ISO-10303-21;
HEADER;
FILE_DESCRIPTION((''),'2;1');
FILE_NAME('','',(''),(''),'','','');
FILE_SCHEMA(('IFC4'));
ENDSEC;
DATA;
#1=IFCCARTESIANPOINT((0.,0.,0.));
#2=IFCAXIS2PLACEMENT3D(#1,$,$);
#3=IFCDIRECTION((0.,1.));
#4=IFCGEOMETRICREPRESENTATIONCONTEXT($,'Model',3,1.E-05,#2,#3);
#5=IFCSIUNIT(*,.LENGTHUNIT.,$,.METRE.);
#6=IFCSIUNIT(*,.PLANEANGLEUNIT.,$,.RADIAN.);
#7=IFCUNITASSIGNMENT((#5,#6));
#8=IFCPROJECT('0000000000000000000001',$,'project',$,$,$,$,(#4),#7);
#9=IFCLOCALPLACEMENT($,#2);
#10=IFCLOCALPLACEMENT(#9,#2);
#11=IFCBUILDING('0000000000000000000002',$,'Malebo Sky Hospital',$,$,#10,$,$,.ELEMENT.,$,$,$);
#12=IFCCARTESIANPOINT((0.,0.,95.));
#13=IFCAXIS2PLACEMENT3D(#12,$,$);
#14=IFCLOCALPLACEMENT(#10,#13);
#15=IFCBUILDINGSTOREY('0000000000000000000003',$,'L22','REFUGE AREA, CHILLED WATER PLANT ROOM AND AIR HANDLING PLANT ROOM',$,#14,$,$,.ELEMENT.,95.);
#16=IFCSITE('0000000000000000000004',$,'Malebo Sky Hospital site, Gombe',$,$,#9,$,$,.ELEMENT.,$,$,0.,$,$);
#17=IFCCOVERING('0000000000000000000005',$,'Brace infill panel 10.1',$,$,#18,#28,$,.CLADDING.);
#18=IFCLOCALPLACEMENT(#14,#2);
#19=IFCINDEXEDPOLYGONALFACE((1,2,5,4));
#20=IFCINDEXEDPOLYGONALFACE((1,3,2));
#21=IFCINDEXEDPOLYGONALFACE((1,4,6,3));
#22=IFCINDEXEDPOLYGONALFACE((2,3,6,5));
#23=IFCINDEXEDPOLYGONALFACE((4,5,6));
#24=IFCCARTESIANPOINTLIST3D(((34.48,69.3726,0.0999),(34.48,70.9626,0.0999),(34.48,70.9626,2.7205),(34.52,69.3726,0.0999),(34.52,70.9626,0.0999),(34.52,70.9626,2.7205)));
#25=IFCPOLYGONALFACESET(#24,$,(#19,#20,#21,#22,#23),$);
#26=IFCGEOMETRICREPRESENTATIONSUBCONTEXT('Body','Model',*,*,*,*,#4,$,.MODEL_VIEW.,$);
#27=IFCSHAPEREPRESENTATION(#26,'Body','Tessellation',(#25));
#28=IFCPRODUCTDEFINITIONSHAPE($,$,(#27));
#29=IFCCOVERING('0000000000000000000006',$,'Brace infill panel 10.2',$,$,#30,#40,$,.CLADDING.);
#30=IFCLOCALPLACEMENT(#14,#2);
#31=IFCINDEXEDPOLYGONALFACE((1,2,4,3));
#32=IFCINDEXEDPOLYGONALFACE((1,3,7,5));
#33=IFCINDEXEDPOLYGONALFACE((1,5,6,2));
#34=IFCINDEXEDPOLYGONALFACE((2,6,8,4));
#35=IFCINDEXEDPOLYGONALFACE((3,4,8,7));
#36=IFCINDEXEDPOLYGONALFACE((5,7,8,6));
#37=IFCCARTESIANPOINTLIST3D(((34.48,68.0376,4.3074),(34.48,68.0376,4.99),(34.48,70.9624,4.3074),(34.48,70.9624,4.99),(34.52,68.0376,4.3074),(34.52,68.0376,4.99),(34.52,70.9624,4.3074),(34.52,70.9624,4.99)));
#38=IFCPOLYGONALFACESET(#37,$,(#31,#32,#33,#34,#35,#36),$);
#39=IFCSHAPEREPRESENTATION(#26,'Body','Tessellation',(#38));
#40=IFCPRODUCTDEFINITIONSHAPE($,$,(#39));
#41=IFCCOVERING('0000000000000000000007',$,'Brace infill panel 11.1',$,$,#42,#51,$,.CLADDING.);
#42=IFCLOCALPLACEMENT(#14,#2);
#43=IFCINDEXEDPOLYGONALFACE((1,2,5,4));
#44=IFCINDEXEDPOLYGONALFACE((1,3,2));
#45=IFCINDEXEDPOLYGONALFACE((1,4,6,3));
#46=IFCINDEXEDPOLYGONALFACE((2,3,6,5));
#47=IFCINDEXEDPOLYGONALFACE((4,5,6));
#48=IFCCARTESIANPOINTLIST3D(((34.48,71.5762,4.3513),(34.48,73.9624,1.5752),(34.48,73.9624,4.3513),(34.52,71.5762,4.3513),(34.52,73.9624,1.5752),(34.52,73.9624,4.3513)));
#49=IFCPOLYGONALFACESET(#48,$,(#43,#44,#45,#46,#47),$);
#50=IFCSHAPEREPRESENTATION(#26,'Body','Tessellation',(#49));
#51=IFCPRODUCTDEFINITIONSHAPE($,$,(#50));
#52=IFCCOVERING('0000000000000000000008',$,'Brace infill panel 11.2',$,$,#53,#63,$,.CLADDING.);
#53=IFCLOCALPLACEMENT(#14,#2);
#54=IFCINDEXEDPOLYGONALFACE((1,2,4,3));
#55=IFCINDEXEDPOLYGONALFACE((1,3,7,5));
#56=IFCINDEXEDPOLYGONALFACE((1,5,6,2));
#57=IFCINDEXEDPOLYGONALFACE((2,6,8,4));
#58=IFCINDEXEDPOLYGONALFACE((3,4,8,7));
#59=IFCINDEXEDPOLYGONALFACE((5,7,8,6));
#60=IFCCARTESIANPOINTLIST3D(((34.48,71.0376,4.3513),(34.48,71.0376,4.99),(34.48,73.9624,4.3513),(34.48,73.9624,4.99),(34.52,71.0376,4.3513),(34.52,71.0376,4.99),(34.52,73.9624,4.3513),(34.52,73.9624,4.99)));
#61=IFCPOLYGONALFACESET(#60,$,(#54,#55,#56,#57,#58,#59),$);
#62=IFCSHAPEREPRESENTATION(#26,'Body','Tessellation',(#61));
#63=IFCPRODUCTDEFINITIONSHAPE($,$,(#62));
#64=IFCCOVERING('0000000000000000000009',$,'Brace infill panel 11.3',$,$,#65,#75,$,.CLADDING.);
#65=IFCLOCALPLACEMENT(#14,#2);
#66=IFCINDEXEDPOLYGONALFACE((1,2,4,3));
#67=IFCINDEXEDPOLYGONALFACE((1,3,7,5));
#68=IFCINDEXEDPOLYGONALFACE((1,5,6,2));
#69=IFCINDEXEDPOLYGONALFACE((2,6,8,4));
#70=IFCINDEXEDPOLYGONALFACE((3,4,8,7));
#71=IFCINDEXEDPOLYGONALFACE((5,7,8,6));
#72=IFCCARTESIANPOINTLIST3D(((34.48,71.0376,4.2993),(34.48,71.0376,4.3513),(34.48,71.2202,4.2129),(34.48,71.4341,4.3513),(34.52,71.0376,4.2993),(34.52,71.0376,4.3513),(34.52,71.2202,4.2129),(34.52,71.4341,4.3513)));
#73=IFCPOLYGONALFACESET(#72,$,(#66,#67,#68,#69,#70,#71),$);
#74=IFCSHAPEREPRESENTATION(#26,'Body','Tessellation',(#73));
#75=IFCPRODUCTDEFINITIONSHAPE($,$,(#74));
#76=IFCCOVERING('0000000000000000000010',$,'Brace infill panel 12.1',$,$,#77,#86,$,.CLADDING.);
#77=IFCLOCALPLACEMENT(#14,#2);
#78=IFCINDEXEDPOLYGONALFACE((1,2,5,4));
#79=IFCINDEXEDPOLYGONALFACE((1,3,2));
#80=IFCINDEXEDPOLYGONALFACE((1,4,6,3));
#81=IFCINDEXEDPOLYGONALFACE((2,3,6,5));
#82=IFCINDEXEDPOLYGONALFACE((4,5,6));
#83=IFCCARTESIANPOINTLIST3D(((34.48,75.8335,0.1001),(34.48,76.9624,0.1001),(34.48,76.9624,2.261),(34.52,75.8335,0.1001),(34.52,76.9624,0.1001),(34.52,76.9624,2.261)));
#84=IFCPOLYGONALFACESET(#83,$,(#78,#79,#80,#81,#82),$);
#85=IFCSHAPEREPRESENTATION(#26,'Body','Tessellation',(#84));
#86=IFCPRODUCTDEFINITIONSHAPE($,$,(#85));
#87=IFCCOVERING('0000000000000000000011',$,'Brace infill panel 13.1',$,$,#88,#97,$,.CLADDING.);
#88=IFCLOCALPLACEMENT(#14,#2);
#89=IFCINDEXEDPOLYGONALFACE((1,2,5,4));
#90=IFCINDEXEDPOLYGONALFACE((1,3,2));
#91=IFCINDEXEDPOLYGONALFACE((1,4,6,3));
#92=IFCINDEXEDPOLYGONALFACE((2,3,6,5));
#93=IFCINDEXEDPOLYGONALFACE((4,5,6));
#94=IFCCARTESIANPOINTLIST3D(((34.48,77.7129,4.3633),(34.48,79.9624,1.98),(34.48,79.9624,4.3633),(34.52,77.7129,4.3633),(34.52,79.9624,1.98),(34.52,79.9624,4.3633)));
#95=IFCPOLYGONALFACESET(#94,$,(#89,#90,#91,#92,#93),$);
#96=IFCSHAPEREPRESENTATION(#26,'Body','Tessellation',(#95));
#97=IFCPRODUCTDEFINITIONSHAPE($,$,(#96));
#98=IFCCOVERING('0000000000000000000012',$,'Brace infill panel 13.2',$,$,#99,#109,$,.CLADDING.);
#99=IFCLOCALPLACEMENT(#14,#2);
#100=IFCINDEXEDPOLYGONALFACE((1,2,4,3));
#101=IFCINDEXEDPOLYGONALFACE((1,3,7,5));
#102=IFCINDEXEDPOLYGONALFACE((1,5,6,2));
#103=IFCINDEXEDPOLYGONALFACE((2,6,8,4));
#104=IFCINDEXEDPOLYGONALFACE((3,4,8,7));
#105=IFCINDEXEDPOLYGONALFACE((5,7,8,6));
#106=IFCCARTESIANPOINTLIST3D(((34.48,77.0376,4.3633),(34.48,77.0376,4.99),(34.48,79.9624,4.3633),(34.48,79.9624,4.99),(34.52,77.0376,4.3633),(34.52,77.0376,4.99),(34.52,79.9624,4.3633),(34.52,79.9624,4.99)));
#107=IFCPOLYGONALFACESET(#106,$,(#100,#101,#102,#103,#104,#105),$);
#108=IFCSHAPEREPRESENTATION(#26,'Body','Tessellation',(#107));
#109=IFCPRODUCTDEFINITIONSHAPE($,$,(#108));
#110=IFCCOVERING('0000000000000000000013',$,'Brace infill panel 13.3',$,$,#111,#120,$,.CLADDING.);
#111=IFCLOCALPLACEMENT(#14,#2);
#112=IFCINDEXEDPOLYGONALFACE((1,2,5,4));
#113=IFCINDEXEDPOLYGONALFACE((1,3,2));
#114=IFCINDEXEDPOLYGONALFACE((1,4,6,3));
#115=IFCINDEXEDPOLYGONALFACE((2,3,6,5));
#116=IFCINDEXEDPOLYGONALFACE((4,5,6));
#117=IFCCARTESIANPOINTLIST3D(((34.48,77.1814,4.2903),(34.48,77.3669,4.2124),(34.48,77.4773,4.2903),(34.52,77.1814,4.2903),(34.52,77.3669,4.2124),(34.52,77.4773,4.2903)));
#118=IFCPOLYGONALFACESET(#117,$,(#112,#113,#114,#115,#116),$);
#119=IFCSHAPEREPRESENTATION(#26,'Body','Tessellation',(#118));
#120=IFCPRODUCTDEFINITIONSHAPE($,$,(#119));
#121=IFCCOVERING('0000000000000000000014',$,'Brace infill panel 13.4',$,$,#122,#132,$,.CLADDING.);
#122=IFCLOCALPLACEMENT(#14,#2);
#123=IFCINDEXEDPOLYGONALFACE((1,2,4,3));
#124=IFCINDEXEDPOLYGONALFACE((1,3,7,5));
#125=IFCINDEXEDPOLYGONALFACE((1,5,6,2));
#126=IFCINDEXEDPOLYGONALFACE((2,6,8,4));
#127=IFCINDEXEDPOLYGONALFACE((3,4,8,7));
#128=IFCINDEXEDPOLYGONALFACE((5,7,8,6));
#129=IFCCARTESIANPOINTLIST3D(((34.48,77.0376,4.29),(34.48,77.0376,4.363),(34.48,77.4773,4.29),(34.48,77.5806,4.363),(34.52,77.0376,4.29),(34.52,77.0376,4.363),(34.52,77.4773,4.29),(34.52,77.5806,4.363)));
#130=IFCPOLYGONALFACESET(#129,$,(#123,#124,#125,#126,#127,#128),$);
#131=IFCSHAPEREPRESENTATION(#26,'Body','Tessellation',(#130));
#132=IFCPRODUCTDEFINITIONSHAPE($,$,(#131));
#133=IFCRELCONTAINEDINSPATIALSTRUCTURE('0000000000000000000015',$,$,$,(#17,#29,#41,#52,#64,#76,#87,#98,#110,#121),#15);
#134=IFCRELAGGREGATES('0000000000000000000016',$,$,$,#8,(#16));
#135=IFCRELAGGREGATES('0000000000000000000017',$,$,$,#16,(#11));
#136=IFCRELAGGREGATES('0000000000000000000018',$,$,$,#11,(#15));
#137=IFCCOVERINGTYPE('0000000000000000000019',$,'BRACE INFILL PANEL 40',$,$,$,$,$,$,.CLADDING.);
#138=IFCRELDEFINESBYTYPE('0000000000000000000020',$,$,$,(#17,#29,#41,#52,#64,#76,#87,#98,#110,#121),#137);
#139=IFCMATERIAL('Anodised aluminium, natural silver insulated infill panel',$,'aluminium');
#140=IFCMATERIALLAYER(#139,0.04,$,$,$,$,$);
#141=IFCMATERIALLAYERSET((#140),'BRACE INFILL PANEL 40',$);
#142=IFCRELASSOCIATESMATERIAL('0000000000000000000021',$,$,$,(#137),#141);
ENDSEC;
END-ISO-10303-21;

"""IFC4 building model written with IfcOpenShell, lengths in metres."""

from ifc_helpers import new_model, si_unit, direction, frame, origin, place, context, subcontext, project, spatial, polyline, outline, extrude, material, layer, layer_set, type_object, element, save


model = new_model("IFC4")

# Units and contexts
model_context = context("Model", 3, precision=1e-05, world=origin(), true_north=direction((0.0, 1.0)))
body_context = subcontext(model_context, "Body", "Model", "MODEL_VIEW")
ifc_project = project(units=[si_unit("LENGTHUNIT", "METRE"), si_unit("PLANEANGLEUNIT", "RADIAN")], contexts=[model_context])

# Site, building, storey
site_placement = place(None, origin())
site = spatial("IfcSite", under=ifc_project, at=site_placement, Name="Malebo Sky Hospital site, Gombe", CompositionType="ELEMENT", RefElevation=0.0)
building_placement = place(site_placement, origin())
building = spatial("IfcBuilding", under=site, at=building_placement, Name="Malebo Sky Hospital", CompositionType="ELEMENT")
storey_placement = place(building_placement, frame((0.0, 0.0, 95.0)))
storey = spatial("IfcBuildingStorey", under=building, at=storey_placement, Name="L22", Description="REFUGE AREA, CHILLED WATER PLANT ROOM AND AIR HANDLING PLANT ROOM", CompositionType="ELEMENT", Elevation=95.0)

# Coverings
ifc_material_1 = material(Name="Anodised aluminium, natural silver insulated infill panel", Category="aluminium")
ifc_layer_1 = layer(ifc_material_1, 0.04)
ifc_layer_set_1 = layer_set([ifc_layer_1], Name="BRACE INFILL PANEL 40")
covering_type = type_object("IfcCoveringType", Name="BRACE INFILL PANEL 40", PredefinedType="CLADDING", material=ifc_layer_set_1)
covering_1_placement = place(storey_placement, frame((34.5, 70.1675, 0.0999), z_axis=(0.0, 0.0, 1.0), x_axis=(0.0, 1.0, 0.0)))
element("IfcCovering", 1, at=covering_1_placement, inside=storey, type_object=covering_type, Name="Brace infill panel 10.1", PredefinedType="CLADDING", context=body_context, shape_type="SweptSolid", body=[
    extrude(outline(polyline([(-0.7949, 0.0), (0.7952, 0.0), (0.7952, 2.6206), (-0.7949, 0.0)])), frame((0.0, 0.02, 0.0), z_axis=(0.0, -1.0, 0.0), x_axis=(1.0, 0.0, 0.0)), (0.0, 0.0, 1.0), 0.04),
])
covering_2_placement = place(storey_placement, frame((34.5, 69.5, 4.3074), z_axis=(0.0, 0.0, 1.0), x_axis=(0.0, 1.0, 0.0)))
element("IfcCovering", 2, at=covering_2_placement, inside=storey, type_object=covering_type, Name="Brace infill panel 10.2", PredefinedType="CLADDING", context=body_context, shape_type="SweptSolid", body=[
    extrude(outline(polyline([(-1.4624, 0.0), (1.4624, 0.0), (1.4624, 0.6826), (-1.4624, 0.6826), (-1.4624, 0.0)])), frame((0.0, 0.02, 0.0), z_axis=(0.0, -1.0, 0.0), x_axis=(1.0, 0.0, 0.0)), (0.0, 0.0, 1.0), 0.04),
])
covering_3_placement = place(storey_placement, frame((34.5, 72.7693, 1.5752), z_axis=(0.0, 0.0, 1.0), x_axis=(0.0, 1.0, 0.0)))
element("IfcCovering", 3, at=covering_3_placement, inside=storey, type_object=covering_type, Name="Brace infill panel 11.1", PredefinedType="CLADDING", context=body_context, shape_type="SweptSolid", body=[
    extrude(outline(polyline([(1.1931, 0.0), (1.1931, 2.7761), (-1.1931, 2.7761), (1.1931, 0.0)])), frame((0.0, 0.02, 0.0), z_axis=(0.0, -1.0, 0.0), x_axis=(1.0, 0.0, 0.0)), (0.0, 0.0, 1.0), 0.04),
])
covering_4_placement = place(storey_placement, frame((34.5, 72.5, 4.3513), z_axis=(0.0, 0.0, 1.0), x_axis=(0.0, 1.0, 0.0)))
element("IfcCovering", 4, at=covering_4_placement, inside=storey, type_object=covering_type, Name="Brace infill panel 11.2", PredefinedType="CLADDING", context=body_context, shape_type="SweptSolid", body=[
    extrude(outline(polyline([(-1.4624, 0.0), (1.4624, 0.0), (1.4624, 0.6387), (-1.4624, 0.6387), (-1.4624, 0.0)])), frame((0.0, 0.02, 0.0), z_axis=(0.0, -1.0, 0.0), x_axis=(1.0, 0.0, 0.0)), (0.0, 0.0, 1.0), 0.04),
])
covering_5_placement = place(storey_placement, frame((34.5, 71.2358, 4.2129), z_axis=(0.0, 0.0, 1.0), x_axis=(0.0, 1.0, 0.0)))
element("IfcCovering", 5, at=covering_5_placement, inside=storey, type_object=covering_type, Name="Brace infill panel 11.3", PredefinedType="CLADDING", context=body_context, shape_type="SweptSolid", body=[
    extrude(outline(polyline([(-0.0156, 0.0), (0.1982, 0.1384), (-0.1982, 0.1384), (-0.1982, 0.0864), (-0.0156, 0.0)])), frame((0.0, 0.02, 0.0), z_axis=(0.0, -1.0, 0.0), x_axis=(1.0, 0.0, 0.0)), (0.0, 0.0, 1.0), 0.04),
])
covering_6_placement = place(storey_placement, frame((34.5, 76.3979, 0.1001), z_axis=(0.0, 0.0, 1.0), x_axis=(0.0, 1.0, 0.0)))
element("IfcCovering", 6, at=covering_6_placement, inside=storey, type_object=covering_type, Name="Brace infill panel 12.1", PredefinedType="CLADDING", context=body_context, shape_type="SweptSolid", body=[
    extrude(outline(polyline([(-0.5645, 0.0), (0.5645, 0.0), (0.5645, 2.1609), (-0.5645, 0.0)])), frame((0.0, 0.02, 0.0), z_axis=(0.0, -1.0, 0.0), x_axis=(1.0, 0.0, 0.0)), (0.0, 0.0, 1.0), 0.04),
])
covering_7_placement = place(storey_placement, frame((34.5, 78.8376, 1.98), z_axis=(0.0, 0.0, 1.0), x_axis=(0.0, 1.0, 0.0)))
element("IfcCovering", 7, at=covering_7_placement, inside=storey, type_object=covering_type, Name="Brace infill panel 13.1", PredefinedType="CLADDING", context=body_context, shape_type="SweptSolid", body=[
    extrude(outline(polyline([(1.1248, 0.0), (1.1248, 2.3833), (-1.1248, 2.3833), (1.1248, 0.0)])), frame((0.0, 0.02, 0.0), z_axis=(0.0, -1.0, 0.0), x_axis=(1.0, 0.0, 0.0)), (0.0, 0.0, 1.0), 0.04),
])
covering_8_placement = place(storey_placement, frame((34.5, 78.5, 4.3633), z_axis=(0.0, 0.0, 1.0), x_axis=(0.0, 1.0, 0.0)))
element("IfcCovering", 8, at=covering_8_placement, inside=storey, type_object=covering_type, Name="Brace infill panel 13.2", PredefinedType="CLADDING", context=body_context, shape_type="SweptSolid", body=[
    extrude(outline(polyline([(-1.4624, 0.0), (1.4624, 0.0), (1.4624, 0.6267), (-1.4624, 0.6267), (-1.4624, 0.0)])), frame((0.0, 0.02, 0.0), z_axis=(0.0, -1.0, 0.0), x_axis=(1.0, 0.0, 0.0)), (0.0, 0.0, 1.0), 0.04),
])
covering_9_placement = place(storey_placement, frame((34.5, 77.3293, 4.2124), z_axis=(0.0, 0.0, 1.0), x_axis=(0.0, 1.0, 0.0)))
element("IfcCovering", 9, at=covering_9_placement, inside=storey, type_object=covering_type, Name="Brace infill panel 13.3", PredefinedType="CLADDING", context=body_context, shape_type="SweptSolid", body=[
    extrude(outline(polyline([(0.0376, 0.0), (0.1479, 0.0779), (-0.1479, 0.0779), (0.0376, 0.0)])), frame((0.0, 0.02, 0.0), z_axis=(0.0, -1.0, 0.0), x_axis=(1.0, 0.0, 0.0)), (0.0, 0.0, 1.0), 0.04),
])
covering_10_placement = place(storey_placement, frame((34.5, 77.3091, 4.29), z_axis=(0.0, 0.0, 1.0), x_axis=(0.0, 1.0, 0.0)))
element("IfcCovering", 10, at=covering_10_placement, inside=storey, type_object=covering_type, Name="Brace infill panel 13.4", PredefinedType="CLADDING", context=body_context, shape_type="SweptSolid", body=[
    extrude(outline(polyline([(-0.2715, 0.0), (0.1682, 0.0), (0.2715, 0.073), (-0.2715, 0.073), (-0.2715, 0.0)])), frame((0.0, 0.02, 0.0), z_axis=(0.0, -1.0, 0.0), x_axis=(1.0, 0.0, 0.0)), (0.0, 0.0, 1.0), 0.04),
])

save(model, "model.ifc")
